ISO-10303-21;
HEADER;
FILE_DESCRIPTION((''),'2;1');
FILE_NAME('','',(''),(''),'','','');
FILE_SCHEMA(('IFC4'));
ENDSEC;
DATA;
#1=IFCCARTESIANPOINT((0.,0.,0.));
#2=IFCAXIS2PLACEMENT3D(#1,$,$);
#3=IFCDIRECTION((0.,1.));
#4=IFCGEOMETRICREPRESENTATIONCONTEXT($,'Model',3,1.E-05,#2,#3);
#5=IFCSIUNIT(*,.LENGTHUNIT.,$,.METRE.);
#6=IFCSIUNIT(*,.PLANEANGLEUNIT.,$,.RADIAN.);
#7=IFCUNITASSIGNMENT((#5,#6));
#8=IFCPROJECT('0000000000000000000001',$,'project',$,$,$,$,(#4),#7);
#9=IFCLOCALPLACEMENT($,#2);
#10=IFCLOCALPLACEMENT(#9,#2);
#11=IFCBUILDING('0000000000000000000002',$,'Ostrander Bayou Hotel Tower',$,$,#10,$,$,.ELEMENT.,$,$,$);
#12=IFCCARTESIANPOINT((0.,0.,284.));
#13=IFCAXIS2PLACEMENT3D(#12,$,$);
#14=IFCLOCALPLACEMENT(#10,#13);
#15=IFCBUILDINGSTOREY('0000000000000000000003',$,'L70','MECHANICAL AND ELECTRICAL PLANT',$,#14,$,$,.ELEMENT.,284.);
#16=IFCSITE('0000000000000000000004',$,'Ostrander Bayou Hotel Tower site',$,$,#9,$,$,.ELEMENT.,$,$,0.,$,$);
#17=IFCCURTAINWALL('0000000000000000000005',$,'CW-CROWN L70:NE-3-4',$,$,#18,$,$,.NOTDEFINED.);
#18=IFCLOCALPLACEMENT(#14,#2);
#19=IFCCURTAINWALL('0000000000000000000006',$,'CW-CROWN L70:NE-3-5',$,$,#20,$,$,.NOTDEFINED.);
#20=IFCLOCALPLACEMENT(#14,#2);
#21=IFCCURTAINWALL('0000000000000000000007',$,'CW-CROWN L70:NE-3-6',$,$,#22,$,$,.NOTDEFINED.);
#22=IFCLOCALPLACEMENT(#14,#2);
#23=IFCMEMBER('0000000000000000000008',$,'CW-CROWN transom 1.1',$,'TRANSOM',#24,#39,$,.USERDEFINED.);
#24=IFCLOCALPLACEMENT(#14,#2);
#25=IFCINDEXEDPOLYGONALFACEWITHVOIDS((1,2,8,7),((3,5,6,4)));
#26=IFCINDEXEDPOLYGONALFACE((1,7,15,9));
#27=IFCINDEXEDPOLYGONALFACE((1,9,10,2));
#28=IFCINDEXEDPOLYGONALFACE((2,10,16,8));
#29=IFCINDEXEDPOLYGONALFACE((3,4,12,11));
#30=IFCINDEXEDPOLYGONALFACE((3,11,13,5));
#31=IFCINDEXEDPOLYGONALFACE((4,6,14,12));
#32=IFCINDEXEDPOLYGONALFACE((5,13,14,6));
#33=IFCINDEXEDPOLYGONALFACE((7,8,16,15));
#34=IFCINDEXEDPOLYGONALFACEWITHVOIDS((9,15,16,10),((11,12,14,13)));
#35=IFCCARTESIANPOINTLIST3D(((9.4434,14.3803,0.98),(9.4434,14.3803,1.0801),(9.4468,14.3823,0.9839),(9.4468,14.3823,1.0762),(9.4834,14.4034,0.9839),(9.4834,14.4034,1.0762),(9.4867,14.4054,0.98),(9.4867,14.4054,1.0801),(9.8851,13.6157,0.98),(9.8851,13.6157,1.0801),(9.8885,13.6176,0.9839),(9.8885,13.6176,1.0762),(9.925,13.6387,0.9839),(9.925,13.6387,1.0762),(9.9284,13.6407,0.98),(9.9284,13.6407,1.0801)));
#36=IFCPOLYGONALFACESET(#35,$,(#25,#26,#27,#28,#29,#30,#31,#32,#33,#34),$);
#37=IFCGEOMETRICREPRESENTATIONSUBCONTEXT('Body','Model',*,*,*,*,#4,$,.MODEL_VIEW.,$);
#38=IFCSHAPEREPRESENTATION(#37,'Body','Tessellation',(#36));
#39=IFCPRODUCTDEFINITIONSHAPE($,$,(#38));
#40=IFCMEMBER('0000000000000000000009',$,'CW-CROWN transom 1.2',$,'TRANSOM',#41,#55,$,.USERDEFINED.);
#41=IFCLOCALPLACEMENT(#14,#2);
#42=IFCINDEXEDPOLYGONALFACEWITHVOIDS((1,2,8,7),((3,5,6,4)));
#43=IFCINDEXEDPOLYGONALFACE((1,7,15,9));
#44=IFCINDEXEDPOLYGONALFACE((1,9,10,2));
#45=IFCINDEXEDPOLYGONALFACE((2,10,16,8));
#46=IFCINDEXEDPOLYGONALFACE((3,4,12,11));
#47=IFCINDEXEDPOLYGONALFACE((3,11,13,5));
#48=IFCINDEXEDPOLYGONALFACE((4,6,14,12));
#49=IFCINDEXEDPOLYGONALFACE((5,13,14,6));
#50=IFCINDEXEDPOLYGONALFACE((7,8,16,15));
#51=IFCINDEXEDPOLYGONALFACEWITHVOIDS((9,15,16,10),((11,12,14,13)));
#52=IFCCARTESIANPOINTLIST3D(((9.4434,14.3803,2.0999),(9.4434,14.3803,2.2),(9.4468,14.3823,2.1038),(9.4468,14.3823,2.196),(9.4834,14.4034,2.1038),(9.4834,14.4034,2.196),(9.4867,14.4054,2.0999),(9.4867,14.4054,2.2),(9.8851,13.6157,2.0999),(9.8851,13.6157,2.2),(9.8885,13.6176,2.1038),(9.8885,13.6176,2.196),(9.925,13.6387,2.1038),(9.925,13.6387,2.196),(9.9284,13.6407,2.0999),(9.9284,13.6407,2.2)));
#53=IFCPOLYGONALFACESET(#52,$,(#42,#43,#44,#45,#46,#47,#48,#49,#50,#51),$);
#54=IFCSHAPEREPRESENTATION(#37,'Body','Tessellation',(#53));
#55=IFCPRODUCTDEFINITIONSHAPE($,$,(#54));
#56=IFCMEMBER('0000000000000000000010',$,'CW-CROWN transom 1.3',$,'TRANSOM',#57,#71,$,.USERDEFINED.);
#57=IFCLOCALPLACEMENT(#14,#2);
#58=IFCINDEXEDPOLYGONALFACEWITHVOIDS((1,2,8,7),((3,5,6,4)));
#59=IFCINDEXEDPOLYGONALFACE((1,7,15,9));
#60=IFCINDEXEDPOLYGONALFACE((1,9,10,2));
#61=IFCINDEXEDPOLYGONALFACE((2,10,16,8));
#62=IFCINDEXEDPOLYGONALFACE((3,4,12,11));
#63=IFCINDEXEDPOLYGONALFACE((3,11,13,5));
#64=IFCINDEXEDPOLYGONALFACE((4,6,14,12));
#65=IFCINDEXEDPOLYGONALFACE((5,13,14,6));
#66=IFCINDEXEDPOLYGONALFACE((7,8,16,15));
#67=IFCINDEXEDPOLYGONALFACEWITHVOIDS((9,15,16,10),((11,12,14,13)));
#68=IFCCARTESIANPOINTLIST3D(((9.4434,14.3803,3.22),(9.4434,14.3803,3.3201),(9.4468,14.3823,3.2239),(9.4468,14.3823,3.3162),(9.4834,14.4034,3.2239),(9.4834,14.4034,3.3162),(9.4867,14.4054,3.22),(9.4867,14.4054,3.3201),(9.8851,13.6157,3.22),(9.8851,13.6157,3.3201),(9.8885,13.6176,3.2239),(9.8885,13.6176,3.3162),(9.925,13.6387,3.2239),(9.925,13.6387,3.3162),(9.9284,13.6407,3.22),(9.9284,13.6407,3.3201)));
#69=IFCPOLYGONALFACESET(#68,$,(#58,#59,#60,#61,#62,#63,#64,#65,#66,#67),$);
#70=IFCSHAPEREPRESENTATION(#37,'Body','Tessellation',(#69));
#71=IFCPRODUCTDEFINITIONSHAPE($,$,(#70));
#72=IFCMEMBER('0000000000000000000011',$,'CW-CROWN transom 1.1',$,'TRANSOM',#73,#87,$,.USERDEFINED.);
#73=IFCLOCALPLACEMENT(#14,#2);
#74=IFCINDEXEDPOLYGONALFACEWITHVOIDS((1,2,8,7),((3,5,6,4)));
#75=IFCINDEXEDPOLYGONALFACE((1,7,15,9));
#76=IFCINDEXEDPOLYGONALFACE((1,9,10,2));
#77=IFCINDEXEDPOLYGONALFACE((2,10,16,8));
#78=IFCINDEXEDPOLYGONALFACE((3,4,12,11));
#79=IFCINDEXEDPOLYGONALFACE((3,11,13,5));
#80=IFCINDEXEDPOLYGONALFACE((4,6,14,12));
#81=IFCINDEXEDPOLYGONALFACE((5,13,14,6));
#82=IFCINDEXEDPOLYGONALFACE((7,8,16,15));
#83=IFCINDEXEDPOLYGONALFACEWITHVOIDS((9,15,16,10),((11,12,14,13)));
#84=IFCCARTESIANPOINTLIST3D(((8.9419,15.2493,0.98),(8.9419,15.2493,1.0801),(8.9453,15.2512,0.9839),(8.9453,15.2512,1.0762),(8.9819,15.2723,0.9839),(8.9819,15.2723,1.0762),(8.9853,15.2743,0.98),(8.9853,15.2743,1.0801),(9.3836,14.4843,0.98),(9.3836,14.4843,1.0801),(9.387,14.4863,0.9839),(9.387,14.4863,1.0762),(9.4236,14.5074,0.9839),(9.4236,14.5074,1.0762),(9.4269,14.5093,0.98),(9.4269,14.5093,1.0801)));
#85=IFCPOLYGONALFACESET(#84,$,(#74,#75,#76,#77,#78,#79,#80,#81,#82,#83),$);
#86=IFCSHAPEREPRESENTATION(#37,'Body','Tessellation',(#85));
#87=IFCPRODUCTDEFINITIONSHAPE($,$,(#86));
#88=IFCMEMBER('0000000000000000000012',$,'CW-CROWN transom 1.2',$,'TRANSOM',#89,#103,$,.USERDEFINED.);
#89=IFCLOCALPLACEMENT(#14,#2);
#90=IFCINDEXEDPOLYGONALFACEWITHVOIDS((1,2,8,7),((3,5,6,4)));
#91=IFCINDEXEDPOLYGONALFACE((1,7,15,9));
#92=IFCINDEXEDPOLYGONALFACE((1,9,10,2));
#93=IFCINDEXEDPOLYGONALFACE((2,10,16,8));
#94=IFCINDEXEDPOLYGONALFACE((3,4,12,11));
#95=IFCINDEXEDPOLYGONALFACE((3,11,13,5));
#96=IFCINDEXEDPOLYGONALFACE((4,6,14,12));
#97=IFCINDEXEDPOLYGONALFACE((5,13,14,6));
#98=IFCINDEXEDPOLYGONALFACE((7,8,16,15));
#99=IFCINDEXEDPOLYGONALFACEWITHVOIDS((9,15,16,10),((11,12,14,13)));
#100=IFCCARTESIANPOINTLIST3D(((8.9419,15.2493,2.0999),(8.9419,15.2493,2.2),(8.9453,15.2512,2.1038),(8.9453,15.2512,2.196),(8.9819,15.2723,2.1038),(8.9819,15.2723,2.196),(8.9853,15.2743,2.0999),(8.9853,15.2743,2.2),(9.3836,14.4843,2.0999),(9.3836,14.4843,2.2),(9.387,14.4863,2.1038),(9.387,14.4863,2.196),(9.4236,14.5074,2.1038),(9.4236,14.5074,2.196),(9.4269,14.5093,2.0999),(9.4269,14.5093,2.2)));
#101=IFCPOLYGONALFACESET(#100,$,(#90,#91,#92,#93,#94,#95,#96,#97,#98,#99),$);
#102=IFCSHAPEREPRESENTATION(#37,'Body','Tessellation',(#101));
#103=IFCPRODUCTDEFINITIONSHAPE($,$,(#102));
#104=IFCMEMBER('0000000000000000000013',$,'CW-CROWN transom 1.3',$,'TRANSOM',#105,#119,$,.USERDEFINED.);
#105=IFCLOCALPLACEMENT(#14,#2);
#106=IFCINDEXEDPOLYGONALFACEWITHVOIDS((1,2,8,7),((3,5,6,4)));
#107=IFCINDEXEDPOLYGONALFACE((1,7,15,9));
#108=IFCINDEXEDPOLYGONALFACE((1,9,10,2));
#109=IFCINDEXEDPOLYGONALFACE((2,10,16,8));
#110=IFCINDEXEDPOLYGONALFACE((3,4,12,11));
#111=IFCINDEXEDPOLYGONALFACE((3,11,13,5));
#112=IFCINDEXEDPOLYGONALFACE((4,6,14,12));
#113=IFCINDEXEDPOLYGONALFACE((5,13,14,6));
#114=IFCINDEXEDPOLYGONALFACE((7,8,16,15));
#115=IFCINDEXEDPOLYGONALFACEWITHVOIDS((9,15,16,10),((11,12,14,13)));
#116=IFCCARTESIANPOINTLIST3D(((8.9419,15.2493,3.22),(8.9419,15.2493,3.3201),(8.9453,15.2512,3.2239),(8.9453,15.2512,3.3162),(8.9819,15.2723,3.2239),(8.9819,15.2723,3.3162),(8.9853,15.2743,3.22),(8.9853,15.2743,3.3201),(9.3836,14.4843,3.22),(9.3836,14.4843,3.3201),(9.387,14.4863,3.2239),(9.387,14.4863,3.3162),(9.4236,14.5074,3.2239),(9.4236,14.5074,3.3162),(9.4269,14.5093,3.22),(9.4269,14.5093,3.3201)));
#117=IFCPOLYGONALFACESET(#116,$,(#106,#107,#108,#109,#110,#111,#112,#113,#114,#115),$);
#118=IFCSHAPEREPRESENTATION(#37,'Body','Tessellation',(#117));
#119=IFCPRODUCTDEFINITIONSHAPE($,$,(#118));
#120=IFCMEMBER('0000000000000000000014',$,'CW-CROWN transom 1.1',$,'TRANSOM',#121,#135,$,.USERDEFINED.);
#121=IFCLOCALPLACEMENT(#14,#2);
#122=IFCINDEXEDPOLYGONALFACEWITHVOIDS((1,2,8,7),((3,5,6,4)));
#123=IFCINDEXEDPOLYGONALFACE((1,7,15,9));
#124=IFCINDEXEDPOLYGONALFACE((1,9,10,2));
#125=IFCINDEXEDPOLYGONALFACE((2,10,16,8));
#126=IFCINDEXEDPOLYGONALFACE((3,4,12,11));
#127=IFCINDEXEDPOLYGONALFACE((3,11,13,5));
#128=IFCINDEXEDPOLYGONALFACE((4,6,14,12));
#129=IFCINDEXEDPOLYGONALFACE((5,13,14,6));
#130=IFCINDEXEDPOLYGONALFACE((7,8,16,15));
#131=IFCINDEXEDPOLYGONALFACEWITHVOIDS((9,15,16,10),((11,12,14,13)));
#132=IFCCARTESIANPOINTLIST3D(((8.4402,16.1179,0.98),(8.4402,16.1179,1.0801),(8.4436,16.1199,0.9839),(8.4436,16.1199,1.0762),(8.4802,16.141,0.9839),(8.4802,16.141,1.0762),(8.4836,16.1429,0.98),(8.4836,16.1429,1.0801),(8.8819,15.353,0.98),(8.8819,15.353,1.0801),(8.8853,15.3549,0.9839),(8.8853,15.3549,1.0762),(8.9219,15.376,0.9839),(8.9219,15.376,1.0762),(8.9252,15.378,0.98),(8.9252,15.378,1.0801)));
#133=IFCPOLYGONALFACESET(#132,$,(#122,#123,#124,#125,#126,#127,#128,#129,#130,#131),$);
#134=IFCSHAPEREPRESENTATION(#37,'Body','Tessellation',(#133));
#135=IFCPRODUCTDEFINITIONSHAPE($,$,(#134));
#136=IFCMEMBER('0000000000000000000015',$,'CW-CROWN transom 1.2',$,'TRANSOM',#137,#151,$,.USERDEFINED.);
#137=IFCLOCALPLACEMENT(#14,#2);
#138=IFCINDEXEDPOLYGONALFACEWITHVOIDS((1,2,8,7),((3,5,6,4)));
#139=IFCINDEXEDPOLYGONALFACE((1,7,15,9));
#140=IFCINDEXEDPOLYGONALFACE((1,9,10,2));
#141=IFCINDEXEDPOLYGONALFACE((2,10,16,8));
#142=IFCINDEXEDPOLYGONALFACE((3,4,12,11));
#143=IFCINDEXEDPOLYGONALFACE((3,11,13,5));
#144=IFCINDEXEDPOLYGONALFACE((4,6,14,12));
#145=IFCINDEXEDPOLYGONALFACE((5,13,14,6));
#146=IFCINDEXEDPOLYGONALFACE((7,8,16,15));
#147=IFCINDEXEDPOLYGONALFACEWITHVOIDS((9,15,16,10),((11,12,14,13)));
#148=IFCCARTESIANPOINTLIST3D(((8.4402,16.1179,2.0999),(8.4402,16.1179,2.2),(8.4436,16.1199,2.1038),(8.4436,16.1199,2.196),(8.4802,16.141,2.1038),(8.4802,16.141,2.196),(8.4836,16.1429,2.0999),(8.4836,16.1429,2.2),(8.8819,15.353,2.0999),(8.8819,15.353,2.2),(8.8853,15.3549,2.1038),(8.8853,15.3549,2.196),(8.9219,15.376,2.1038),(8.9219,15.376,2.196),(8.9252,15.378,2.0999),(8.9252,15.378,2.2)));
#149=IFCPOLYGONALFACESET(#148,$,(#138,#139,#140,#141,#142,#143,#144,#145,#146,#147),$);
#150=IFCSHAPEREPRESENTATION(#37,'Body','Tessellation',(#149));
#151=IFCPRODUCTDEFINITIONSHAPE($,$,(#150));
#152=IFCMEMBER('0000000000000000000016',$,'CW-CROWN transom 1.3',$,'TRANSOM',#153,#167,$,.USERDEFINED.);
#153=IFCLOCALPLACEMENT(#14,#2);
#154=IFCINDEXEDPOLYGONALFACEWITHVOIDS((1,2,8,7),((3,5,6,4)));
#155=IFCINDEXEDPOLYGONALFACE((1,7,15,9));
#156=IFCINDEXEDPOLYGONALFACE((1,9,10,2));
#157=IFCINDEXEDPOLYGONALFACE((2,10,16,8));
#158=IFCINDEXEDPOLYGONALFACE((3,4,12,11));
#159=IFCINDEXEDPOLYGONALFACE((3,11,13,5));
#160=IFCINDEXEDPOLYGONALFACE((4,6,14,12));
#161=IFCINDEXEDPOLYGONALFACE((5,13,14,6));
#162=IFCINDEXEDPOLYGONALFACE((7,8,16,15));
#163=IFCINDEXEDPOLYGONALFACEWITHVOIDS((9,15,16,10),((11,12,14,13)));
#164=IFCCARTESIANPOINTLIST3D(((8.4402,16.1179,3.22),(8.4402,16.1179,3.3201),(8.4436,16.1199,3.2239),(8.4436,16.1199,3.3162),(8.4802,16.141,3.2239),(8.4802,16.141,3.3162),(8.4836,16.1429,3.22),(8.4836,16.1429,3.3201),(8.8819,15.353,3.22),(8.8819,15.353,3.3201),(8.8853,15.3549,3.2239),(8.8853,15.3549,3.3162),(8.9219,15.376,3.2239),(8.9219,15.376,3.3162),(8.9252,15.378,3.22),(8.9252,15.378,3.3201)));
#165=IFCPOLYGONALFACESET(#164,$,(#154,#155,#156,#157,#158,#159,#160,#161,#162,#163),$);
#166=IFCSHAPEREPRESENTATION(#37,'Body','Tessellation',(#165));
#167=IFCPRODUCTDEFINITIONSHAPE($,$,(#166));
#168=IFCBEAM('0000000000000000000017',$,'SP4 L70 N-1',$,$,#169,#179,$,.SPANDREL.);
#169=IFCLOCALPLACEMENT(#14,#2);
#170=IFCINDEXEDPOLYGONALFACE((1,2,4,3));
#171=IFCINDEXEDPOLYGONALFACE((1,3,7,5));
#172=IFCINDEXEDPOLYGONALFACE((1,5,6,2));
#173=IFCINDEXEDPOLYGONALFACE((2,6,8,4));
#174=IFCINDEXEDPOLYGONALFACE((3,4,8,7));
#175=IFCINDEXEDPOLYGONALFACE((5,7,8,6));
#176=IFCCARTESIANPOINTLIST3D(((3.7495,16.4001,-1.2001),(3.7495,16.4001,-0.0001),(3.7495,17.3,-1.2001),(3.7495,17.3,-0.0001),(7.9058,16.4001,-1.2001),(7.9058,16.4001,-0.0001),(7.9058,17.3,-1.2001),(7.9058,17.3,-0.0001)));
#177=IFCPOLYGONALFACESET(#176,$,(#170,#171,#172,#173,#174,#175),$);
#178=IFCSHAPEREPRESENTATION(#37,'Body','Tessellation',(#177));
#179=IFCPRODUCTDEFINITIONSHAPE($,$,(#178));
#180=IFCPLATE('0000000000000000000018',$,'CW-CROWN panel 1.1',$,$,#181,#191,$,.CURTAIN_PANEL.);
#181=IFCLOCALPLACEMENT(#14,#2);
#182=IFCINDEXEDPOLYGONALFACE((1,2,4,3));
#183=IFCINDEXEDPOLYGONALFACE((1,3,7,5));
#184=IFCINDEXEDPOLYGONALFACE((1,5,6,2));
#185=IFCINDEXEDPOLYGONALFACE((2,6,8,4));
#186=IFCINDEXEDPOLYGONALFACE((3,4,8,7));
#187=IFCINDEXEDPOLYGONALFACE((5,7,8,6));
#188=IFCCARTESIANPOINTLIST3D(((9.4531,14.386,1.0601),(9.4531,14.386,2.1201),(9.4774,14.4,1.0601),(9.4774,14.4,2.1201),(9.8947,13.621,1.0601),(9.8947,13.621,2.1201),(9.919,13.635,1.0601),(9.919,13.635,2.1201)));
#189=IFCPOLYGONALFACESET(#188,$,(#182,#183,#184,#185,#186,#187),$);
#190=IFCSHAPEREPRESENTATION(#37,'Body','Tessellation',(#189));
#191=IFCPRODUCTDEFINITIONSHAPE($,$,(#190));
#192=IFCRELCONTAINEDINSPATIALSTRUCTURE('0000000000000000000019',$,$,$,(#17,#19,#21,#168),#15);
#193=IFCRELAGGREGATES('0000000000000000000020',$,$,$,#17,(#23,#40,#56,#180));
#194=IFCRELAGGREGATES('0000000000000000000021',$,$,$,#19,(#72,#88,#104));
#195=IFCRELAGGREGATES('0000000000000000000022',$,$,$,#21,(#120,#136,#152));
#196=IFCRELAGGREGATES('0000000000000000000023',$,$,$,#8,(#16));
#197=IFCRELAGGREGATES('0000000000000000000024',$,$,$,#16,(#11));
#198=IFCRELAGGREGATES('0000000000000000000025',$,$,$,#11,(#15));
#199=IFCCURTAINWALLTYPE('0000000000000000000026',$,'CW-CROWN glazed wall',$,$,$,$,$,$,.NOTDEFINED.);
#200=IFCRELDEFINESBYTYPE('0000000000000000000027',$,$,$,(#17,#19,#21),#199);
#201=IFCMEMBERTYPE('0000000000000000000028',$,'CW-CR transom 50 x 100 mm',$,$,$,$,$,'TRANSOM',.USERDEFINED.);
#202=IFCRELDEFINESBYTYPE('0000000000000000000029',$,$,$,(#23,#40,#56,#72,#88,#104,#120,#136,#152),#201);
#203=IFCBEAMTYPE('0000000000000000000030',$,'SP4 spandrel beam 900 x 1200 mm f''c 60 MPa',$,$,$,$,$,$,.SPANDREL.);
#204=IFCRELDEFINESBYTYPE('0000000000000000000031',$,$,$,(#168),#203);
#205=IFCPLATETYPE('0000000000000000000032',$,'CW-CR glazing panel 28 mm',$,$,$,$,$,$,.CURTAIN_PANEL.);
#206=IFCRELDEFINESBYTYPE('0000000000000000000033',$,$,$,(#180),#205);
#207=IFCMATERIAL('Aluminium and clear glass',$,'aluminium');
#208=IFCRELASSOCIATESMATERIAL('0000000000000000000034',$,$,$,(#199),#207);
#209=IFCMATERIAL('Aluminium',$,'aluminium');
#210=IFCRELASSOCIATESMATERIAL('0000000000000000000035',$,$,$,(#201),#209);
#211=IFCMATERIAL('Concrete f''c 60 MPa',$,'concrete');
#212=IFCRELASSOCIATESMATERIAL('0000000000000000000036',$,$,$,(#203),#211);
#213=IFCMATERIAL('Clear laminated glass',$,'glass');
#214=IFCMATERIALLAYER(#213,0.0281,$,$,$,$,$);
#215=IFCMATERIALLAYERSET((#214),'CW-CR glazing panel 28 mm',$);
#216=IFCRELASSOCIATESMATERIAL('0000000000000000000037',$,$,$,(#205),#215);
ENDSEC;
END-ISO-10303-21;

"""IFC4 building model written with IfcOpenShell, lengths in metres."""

from ifc_helpers import new_model, si_unit, direction, frame, origin, origin_2d, place, context, subcontext, project, spatial, rectangle, hollow_rectangle, extrude, material, layer, layer_set, material_profile, profile_set, type_object, element, aggregate, save


model = new_model("IFC4")

# Units and contexts
model_context = context("Model", 3, precision=1e-05, world=origin(), true_north=direction((0.0, 1.0)))
body_context = subcontext(model_context, "Body", "Model", "MODEL_VIEW")
ifc_project = project(units=[si_unit("LENGTHUNIT", "METRE"), si_unit("PLANEANGLEUNIT", "RADIAN")], contexts=[model_context])

# Site, building, storey
site_placement = place(None, origin())
site = spatial("IfcSite", under=ifc_project, at=site_placement, Name="Ostrander Bayou Hotel Tower site", CompositionType="ELEMENT", RefElevation=0.0)
building_placement = place(site_placement, origin())
building = spatial("IfcBuilding", under=site, at=building_placement, Name="Ostrander Bayou Hotel Tower", CompositionType="ELEMENT")
storey_placement = place(building_placement, frame((0.0, 0.0, 284.0)))
storey = spatial("IfcBuildingStorey", under=building, at=storey_placement, Name="L70", Description="MECHANICAL AND ELECTRICAL PLANT", CompositionType="ELEMENT", Elevation=284.0)

# Curtain wall
ifc_material_1 = material(Name="Aluminium and clear glass", Category="aluminium")
curtain_wall_type = type_object("IfcCurtainWallType", Name="CW-CROWN glazed wall", PredefinedType="NOTDEFINED", material=ifc_material_1)
curtain_wall_1_placement = place(storey_placement, origin())
curtain_wall_1 = element("IfcCurtainWall", 1, at=curtain_wall_1_placement, inside=storey, type_object=curtain_wall_type, Name="CW-CROWN L70:NE-3-4", PredefinedType="NOTDEFINED")

# Curtain walls
curtain_wall_2_placement = place(storey_placement, origin())
curtain_wall_2 = element("IfcCurtainWall", 2, at=curtain_wall_2_placement, inside=storey, type_object=curtain_wall_type, Name="CW-CROWN L70:NE-3-5", PredefinedType="NOTDEFINED")
curtain_wall_3_placement = place(storey_placement, origin())
curtain_wall_3 = element("IfcCurtainWall", 3, at=curtain_wall_3_placement, inside=storey, type_object=curtain_wall_type, Name="CW-CROWN L70:NE-3-6", PredefinedType="NOTDEFINED")

# Members
ifc_material_2 = material(Name="Aluminium", Category="aluminium")
ifc_material_profile_1 = material_profile(ifc_material_2, hollow_rectangle(XDim=0.05, YDim=0.1001, WallThickness=0.0039, at=origin_2d()))
ifc_profile_set_1 = profile_set([ifc_material_profile_1], Name="Aluminium")
member_type_1 = type_object("IfcMemberType", Name="CW-CR transom 50 x 100 mm", ElementType="TRANSOM", PredefinedType="USERDEFINED", material=ifc_profile_set_1)
member_1_placement = place(storey_placement, frame((9.9067, 13.6282, 1.03), z_axis=(-0.500153, 0.865937, 0.0), x_axis=(-0.865937, -0.500153, 0.0)))
member_1 = element("IfcMember", 4, at=member_1_placement, type_object=member_type_1, Name="CW-CROWN transom 1.1", ObjectType="TRANSOM", PredefinedType="USERDEFINED", context=body_context, shape_type="SweptSolid", body=[
    extrude(hollow_rectangle(XDim=0.05, YDim=0.1001, WallThickness=0.0039, at=origin_2d()), origin(), (0.0, 0.0, 1.0), 0.8831),
])
member_2_placement = place(storey_placement, frame((9.9067, 13.6282, 2.1499), z_axis=(-0.500153, 0.865937, 0.0), x_axis=(-0.865937, -0.500153, 0.0)))
member_2 = element("IfcMember", 5, at=member_2_placement, type_object=member_type_1, Name="CW-CROWN transom 1.2", ObjectType="TRANSOM", PredefinedType="USERDEFINED", context=body_context, shape_type="SweptSolid", body=[
    extrude(hollow_rectangle(XDim=0.05, YDim=0.1001, WallThickness=0.0039, at=origin_2d()), origin(), (0.0, 0.0, 1.0), 0.8831),
])
member_3_placement = place(storey_placement, frame((9.9067, 13.6282, 3.27), z_axis=(-0.500153, 0.865937, 0.0), x_axis=(-0.865937, -0.500153, 0.0)))
member_3 = element("IfcMember", 6, at=member_3_placement, type_object=member_type_1, Name="CW-CROWN transom 1.3", ObjectType="TRANSOM", PredefinedType="USERDEFINED", context=body_context, shape_type="SweptSolid", body=[
    extrude(hollow_rectangle(XDim=0.05, YDim=0.1001, WallThickness=0.0039, at=origin_2d()), origin(), (0.0, 0.0, 1.0), 0.8831),
])
member_4_placement = place(storey_placement, frame((9.4053, 14.4968, 1.03), z_axis=(-0.500034, 0.866006, 0.0), x_axis=(-0.866006, -0.500034, 0.0)))
member_4 = element("IfcMember", 7, at=member_4_placement, type_object=member_type_1, Name="CW-CROWN transom 1.1", ObjectType="TRANSOM", PredefinedType="USERDEFINED", context=body_context, shape_type="SweptSolid", body=[
    extrude(hollow_rectangle(XDim=0.05, YDim=0.1001, WallThickness=0.0039, at=origin_2d()), origin(), (0.0, 0.0, 1.0), 0.8833),
])
member_5_placement = place(storey_placement, frame((9.4053, 14.4968, 2.1499), z_axis=(-0.500034, 0.866006, 0.0), x_axis=(-0.866006, -0.500034, 0.0)))
member_5 = element("IfcMember", 8, at=member_5_placement, type_object=member_type_1, Name="CW-CROWN transom 1.2", ObjectType="TRANSOM", PredefinedType="USERDEFINED", context=body_context, shape_type="SweptSolid", body=[
    extrude(hollow_rectangle(XDim=0.05, YDim=0.1001, WallThickness=0.0039, at=origin_2d()), origin(), (0.0, 0.0, 1.0), 0.8833),
])
member_6_placement = place(storey_placement, frame((9.4053, 14.4968, 3.27), z_axis=(-0.500034, 0.866006, 0.0), x_axis=(-0.866006, -0.500034, 0.0)))
member_6 = element("IfcMember", 9, at=member_6_placement, type_object=member_type_1, Name="CW-CROWN transom 1.3", ObjectType="TRANSOM", PredefinedType="USERDEFINED", context=body_context, shape_type="SweptSolid", body=[
    extrude(hollow_rectangle(XDim=0.05, YDim=0.1001, WallThickness=0.0039, at=origin_2d()), origin(), (0.0, 0.0, 1.0), 0.8833),
])
member_7_placement = place(storey_placement, frame((8.9036, 15.3655, 1.03), z_axis=(-0.500034, 0.866006, 0.0), x_axis=(-0.866006, -0.500034, 0.0)))
member_7 = element("IfcMember", 10, at=member_7_placement, type_object=member_type_1, Name="CW-CROWN transom 1.1", ObjectType="TRANSOM", PredefinedType="USERDEFINED", context=body_context, shape_type="SweptSolid", body=[
    extrude(hollow_rectangle(XDim=0.05, YDim=0.1001, WallThickness=0.0039, at=origin_2d()), origin(), (0.0, 0.0, 1.0), 0.8833),
])
member_8_placement = place(storey_placement, frame((8.9036, 15.3655, 2.1499), z_axis=(-0.500034, 0.866006, 0.0), x_axis=(-0.866006, -0.500034, 0.0)))
member_8 = element("IfcMember", 11, at=member_8_placement, type_object=member_type_1, Name="CW-CROWN transom 1.2", ObjectType="TRANSOM", PredefinedType="USERDEFINED", context=body_context, shape_type="SweptSolid", body=[
    extrude(hollow_rectangle(XDim=0.05, YDim=0.1001, WallThickness=0.0039, at=origin_2d()), origin(), (0.0, 0.0, 1.0), 0.8833),
])
member_9_placement = place(storey_placement, frame((8.9036, 15.3655, 3.27), z_axis=(-0.500034, 0.866006, 0.0), x_axis=(-0.866006, -0.500034, 0.0)))
member_9 = element("IfcMember", 12, at=member_9_placement, type_object=member_type_1, Name="CW-CROWN transom 1.3", ObjectType="TRANSOM", PredefinedType="USERDEFINED", context=body_context, shape_type="SweptSolid", body=[
    extrude(hollow_rectangle(XDim=0.05, YDim=0.1001, WallThickness=0.0039, at=origin_2d()), origin(), (0.0, 0.0, 1.0), 0.8833),
])

# Beam
ifc_material_3 = material(Name="Concrete f'c 60 MPa", Category="concrete")
ifc_material_profile_2 = material_profile(ifc_material_3, rectangle(XDim=0.8999, YDim=1.2, at=origin_2d()))
ifc_profile_set_2 = profile_set([ifc_material_profile_2], Name="Concrete f'c 60 MPa")
beam_type = type_object("IfcBeamType", Name="SP4 spandrel beam 900 x 1200 mm f'c 60 MPa", PredefinedType="SPANDREL", material=ifc_profile_set_2)
beam_placement = place(storey_placement, frame((7.9058, 16.8501, -0.6001), z_axis=(-1.0, 0.0, 0.0), x_axis=(0.0, -1.0, 0.0)))
element("IfcBeam", 13, at=beam_placement, inside=storey, type_object=beam_type, Name="SP4 L70 N-1", PredefinedType="SPANDREL", context=body_context, shape_type="SweptSolid", body=[
    extrude(rectangle(XDim=0.8999, YDim=1.2, at=origin_2d()), origin(), (0.0, 0.0, 1.0), 4.1562),
])

# Plate
ifc_material_4 = material(Name="Clear laminated glass", Category="glass")
ifc_layer_1 = layer(ifc_material_4, 0.0281)
ifc_layer_set_1 = layer_set([ifc_layer_1], Name="CW-CR glazing panel 28 mm")
plate_type = type_object("IfcPlateType", Name="CW-CR glazing panel 28 mm", PredefinedType="CURTAIN_PANEL", material=ifc_layer_set_1)
plate_1_placement = place(storey_placement, frame((9.686, 14.0105, 1.0601), z_axis=(0.0, 0.0, 1.0), x_axis=(-0.499999, 0.866026, 0.0)))
plate_1 = element("IfcPlate", 14, at=plate_1_placement, type_object=plate_type, Name="CW-CROWN panel 1.1", PredefinedType="CURTAIN_PANEL", context=body_context, shape_type="SweptSolid", body=[
    extrude(rectangle(XDim=0.8833, YDim=0.0281, at=origin_2d()), origin(), (0.0, 0.0, 1.0), 1.0601),
])
aggregate(curtain_wall_1, [member_1, member_2, member_3, plate_1])
aggregate(curtain_wall_2, [member_4, member_5, member_6])
aggregate(curtain_wall_3, [member_7, member_8, member_9])

save(model, "model.ifc")
